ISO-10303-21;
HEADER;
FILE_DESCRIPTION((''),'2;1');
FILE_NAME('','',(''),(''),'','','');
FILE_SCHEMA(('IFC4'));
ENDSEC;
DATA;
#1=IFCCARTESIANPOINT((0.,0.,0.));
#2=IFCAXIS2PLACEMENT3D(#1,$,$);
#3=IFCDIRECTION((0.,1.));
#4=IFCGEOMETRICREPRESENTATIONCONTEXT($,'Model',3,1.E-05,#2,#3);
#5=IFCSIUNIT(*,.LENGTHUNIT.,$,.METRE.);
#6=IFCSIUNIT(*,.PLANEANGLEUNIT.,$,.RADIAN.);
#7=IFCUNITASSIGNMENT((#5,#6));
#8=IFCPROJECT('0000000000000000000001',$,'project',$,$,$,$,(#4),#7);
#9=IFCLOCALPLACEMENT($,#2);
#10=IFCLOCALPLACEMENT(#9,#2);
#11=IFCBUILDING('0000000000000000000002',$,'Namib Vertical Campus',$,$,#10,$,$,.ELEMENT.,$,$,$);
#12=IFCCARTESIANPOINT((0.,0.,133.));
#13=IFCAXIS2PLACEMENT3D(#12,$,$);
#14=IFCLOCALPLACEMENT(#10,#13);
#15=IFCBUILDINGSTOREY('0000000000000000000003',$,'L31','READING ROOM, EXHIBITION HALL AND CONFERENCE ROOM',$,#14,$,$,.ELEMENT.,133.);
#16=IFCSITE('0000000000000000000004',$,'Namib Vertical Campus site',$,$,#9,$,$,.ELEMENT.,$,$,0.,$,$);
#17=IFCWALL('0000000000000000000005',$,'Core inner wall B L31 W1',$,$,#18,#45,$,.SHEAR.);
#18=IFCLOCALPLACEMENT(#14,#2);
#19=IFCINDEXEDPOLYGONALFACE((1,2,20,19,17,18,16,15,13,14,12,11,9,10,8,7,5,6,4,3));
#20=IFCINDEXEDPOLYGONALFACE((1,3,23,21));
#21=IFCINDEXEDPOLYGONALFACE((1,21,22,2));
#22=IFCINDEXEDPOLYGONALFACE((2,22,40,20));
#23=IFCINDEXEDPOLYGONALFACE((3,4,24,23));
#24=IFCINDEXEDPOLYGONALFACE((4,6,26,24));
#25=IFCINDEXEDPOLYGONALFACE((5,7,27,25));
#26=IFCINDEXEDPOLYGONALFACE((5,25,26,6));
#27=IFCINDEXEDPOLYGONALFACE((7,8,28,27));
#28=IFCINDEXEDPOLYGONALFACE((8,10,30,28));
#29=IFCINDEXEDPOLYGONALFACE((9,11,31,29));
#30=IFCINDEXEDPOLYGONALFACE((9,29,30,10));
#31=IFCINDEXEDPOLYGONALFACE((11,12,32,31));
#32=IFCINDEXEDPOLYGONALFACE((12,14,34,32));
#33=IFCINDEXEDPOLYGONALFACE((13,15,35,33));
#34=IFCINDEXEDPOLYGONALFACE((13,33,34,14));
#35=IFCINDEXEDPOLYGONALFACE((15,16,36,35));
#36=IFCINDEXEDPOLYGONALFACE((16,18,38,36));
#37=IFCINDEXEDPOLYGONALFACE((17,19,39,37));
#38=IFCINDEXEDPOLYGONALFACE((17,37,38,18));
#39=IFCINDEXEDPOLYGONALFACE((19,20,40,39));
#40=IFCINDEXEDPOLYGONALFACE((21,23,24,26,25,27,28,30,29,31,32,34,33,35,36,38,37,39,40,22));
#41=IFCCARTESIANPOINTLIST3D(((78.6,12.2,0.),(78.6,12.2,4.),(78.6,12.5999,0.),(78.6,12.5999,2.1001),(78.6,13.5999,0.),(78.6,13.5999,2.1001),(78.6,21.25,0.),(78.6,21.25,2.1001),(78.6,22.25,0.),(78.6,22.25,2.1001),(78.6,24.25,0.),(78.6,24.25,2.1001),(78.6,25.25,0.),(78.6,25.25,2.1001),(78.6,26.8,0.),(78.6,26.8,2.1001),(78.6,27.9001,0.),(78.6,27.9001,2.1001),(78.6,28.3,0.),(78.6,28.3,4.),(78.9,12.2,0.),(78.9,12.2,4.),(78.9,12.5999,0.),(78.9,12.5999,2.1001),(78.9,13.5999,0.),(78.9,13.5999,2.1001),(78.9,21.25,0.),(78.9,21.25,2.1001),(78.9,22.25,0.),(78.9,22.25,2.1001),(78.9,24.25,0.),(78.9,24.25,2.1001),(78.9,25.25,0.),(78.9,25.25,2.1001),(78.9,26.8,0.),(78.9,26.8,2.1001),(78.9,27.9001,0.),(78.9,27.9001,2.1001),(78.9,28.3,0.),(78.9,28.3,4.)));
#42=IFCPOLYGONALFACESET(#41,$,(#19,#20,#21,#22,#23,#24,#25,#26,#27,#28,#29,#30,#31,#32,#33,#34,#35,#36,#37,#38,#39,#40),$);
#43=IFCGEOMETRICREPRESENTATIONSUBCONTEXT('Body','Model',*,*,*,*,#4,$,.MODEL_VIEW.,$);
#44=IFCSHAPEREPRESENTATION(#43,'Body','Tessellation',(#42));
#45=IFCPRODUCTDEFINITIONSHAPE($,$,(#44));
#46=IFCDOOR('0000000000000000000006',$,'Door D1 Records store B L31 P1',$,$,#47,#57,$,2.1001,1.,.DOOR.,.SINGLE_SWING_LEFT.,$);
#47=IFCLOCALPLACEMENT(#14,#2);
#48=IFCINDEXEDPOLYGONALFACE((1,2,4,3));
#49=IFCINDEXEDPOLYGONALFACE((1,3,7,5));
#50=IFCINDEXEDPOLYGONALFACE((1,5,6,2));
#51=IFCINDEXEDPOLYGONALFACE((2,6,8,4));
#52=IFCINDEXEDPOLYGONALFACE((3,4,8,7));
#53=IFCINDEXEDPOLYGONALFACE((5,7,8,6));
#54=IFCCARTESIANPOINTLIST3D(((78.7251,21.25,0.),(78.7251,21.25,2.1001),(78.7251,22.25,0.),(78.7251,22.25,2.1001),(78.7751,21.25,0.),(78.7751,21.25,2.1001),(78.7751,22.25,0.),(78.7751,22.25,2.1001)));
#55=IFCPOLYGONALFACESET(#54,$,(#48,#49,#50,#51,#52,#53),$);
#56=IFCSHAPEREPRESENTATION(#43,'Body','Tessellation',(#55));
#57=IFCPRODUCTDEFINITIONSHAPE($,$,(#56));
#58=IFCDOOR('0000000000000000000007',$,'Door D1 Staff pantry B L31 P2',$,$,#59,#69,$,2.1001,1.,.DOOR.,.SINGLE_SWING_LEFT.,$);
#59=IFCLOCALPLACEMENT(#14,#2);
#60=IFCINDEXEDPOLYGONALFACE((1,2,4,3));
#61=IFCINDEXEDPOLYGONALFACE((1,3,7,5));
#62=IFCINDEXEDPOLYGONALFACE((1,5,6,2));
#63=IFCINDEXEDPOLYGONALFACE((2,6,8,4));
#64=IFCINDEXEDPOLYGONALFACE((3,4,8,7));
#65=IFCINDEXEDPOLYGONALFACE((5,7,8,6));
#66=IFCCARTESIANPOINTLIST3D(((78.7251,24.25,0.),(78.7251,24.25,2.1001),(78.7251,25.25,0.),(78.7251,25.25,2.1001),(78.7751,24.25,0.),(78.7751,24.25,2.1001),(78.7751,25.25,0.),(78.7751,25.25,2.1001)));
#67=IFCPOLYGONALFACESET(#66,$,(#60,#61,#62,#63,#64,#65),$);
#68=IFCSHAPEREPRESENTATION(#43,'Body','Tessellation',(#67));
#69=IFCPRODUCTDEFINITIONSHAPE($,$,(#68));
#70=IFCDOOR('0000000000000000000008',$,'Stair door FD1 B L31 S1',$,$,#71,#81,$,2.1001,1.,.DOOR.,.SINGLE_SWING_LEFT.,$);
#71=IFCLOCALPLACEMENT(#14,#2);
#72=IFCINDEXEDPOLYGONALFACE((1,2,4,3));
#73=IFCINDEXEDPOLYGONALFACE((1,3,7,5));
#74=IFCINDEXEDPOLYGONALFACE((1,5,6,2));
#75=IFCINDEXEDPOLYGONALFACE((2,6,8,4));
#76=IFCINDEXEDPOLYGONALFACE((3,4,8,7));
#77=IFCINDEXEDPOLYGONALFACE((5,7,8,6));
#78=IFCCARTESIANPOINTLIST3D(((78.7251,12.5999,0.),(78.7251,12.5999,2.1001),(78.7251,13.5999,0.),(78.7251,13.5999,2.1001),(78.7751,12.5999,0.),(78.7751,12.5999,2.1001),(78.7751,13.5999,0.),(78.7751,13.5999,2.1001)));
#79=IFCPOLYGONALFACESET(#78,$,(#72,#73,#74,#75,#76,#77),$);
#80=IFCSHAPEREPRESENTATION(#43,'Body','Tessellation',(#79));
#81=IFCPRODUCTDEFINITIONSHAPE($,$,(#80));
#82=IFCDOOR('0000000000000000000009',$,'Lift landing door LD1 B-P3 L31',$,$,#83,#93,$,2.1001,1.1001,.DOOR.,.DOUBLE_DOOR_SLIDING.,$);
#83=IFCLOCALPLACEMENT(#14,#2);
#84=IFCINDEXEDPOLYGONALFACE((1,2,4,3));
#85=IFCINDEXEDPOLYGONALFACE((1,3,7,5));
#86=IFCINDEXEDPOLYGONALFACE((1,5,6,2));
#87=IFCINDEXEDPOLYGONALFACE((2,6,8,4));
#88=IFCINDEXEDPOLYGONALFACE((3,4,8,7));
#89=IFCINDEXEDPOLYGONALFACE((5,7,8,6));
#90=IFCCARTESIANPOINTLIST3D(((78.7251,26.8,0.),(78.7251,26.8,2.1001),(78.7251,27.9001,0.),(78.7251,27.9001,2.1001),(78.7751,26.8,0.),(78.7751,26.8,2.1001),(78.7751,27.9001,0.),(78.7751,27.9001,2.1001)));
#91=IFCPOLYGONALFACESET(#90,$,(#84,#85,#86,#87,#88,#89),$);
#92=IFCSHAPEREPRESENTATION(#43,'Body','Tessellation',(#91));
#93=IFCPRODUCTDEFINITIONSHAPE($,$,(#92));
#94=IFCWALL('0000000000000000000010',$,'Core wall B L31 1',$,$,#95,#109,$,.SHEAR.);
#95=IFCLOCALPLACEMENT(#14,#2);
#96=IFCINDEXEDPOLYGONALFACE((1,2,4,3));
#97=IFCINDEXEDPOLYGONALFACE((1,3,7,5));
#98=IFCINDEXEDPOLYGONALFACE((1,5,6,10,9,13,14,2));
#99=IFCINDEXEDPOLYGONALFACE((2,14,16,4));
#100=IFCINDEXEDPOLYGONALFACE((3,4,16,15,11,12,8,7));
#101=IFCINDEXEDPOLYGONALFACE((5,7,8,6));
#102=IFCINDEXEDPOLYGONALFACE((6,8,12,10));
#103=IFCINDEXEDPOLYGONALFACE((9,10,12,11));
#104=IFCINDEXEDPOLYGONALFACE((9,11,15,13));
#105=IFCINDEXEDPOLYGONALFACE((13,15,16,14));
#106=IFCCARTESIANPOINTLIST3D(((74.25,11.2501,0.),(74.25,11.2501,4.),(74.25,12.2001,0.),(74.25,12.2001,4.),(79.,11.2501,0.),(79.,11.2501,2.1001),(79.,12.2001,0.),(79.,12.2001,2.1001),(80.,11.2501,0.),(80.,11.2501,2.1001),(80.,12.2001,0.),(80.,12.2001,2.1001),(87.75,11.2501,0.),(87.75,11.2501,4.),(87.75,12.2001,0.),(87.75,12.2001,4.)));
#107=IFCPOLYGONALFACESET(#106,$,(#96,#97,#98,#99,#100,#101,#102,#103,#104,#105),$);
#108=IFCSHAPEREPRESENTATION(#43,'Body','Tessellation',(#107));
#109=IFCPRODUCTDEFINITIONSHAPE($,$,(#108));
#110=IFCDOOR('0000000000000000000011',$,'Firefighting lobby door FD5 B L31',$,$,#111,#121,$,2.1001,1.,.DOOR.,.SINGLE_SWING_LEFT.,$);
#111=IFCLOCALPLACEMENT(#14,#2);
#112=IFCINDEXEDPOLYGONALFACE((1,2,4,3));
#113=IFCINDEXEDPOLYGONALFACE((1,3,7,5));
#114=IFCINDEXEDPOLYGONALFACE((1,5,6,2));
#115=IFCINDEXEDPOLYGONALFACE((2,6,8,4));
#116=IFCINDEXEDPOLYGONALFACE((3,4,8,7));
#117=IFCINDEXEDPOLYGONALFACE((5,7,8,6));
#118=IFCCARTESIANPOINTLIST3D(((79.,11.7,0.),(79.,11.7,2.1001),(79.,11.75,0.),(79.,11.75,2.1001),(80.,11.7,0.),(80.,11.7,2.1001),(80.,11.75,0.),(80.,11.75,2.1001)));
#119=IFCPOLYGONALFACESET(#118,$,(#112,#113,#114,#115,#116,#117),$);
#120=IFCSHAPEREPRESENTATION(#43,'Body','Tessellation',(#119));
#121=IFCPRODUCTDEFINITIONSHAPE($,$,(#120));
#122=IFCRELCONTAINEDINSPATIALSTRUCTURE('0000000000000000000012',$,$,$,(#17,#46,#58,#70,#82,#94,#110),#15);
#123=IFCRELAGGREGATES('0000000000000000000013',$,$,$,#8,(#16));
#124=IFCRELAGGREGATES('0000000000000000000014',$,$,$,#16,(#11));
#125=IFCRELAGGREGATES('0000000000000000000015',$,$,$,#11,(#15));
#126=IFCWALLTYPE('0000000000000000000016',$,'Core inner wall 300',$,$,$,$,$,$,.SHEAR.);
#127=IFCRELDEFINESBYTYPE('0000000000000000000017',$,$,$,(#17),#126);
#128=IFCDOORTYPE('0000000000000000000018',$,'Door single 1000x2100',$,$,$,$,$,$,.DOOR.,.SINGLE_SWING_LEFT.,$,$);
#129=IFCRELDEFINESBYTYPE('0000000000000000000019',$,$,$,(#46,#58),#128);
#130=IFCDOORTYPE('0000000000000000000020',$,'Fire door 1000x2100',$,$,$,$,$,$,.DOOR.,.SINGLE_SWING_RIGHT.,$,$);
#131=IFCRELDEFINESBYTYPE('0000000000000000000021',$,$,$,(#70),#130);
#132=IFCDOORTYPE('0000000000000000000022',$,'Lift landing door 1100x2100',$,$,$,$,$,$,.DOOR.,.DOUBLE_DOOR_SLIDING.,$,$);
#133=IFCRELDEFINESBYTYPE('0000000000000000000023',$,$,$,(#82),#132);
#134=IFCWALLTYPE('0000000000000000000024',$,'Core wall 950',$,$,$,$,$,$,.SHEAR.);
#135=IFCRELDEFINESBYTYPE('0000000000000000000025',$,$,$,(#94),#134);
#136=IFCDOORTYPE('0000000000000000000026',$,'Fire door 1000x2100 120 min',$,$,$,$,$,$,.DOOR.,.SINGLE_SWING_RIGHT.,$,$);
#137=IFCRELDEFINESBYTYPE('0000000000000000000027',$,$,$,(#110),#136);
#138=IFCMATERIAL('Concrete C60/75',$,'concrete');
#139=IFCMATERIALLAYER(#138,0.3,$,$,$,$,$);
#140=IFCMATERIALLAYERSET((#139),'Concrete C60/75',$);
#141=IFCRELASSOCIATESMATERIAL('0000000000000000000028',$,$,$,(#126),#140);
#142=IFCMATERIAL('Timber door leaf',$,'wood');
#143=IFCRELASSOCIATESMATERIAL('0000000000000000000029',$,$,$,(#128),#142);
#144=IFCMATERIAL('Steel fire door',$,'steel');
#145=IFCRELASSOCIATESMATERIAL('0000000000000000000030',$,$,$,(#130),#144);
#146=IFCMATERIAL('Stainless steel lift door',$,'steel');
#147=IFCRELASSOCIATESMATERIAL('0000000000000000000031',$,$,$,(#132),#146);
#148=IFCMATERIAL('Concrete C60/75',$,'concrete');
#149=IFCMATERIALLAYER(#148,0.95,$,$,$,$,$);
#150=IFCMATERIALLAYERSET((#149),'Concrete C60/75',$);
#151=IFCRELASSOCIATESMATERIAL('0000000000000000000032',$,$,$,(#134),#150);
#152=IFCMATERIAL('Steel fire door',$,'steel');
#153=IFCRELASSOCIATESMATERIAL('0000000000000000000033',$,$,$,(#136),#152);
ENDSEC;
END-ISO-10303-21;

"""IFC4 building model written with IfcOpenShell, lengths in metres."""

from ifc_helpers import new_model, si_unit, direction, frame, frame_2d, origin, place, context, subcontext, project, spatial, rectangle, extrude, material, layer, layer_set, type_object, element, fill, save


model = new_model("IFC4")

# Units and contexts
model_context = context("Model", 3, precision=1e-05, world=origin(), true_north=direction((0.0, 1.0)))
body_context = subcontext(model_context, "Body", "Model", "MODEL_VIEW")
ifc_project = project(units=[si_unit("LENGTHUNIT", "METRE"), si_unit("PLANEANGLEUNIT", "RADIAN")], contexts=[model_context])

# Site, building, storey
site_placement = place(None, origin())
site = spatial("IfcSite", under=ifc_project, at=site_placement, Name="Namib Vertical Campus site", CompositionType="ELEMENT", RefElevation=0.0)
building_placement = place(site_placement, origin())
building = spatial("IfcBuilding", under=site, at=building_placement, Name="Namib Vertical Campus", CompositionType="ELEMENT")
storey_placement = place(building_placement, frame((0.0, 0.0, 133.0)))
storey = spatial("IfcBuildingStorey", under=building, at=storey_placement, Name="L31", Description="READING ROOM, EXHIBITION HALL AND CONFERENCE ROOM", CompositionType="ELEMENT", Elevation=133.0)

# Wall, openings, doors
ifc_material_1 = material(Name="Concrete C60/75", Category="concrete")
ifc_layer_1 = layer(ifc_material_1, 0.3)
ifc_layer_set_1 = layer_set([ifc_layer_1], Name="Concrete C60/75")
wall_type_1 = type_object("IfcWallType", Name="Core inner wall 300", PredefinedType="SHEAR", material=ifc_layer_set_1)
wall_1_placement = place(storey_placement, frame((78.75, 12.2, 0.0), z_axis=(0.0, 0.0, 1.0), x_axis=(0.0, 1.0, 0.0)))
wall_1 = element("IfcWall", 1, at=wall_1_placement, inside=storey, type_object=wall_type_1, Name="Core inner wall B L31 W1", PredefinedType="SHEAR", context=body_context, shape_type="SweptSolid", body=[
    extrude(rectangle(XDim=16.1001, YDim=0.3, at=frame_2d((8.05, 0.0))), origin(), (0.0, 0.0, 1.0), 4.0),
])
opening_1_placement = place(wall_1_placement, frame((0.3999, 0.0, 0.0)))
opening_1 = element("IfcOpeningElement", 2, at=opening_1_placement, cuts=wall_1, PredefinedType="OPENING", context=body_context, shape_type="SweptSolid", body=[
    extrude(rectangle(XDim=1.0, YDim=2.1001, at=frame_2d((0.5, 1.05))), frame((0.0, 0.1599, 0.0), z_axis=(0.0, -1.0, 0.0), x_axis=(1.0, 0.0, 0.0)), (0.0, 0.0, 1.0), 0.3201),
])
opening_2_placement = place(wall_1_placement, frame((14.6001, 0.0, 0.0)))
opening_2 = element("IfcOpeningElement", 3, at=opening_2_placement, cuts=wall_1, PredefinedType="OPENING", context=body_context, shape_type="SweptSolid", body=[
    extrude(rectangle(XDim=1.1001, YDim=2.1001, at=frame_2d((0.55, 1.05))), frame((0.0, 0.1599, 0.0), z_axis=(0.0, -1.0, 0.0), x_axis=(1.0, 0.0, 0.0)), (0.0, 0.0, 1.0), 0.3201),
])
opening_3_placement = place(wall_1_placement, frame((9.05, 0.0, 0.0)))
opening_3 = element("IfcOpeningElement", 4, at=opening_3_placement, cuts=wall_1, PredefinedType="OPENING", context=body_context, shape_type="SweptSolid", body=[
    extrude(rectangle(XDim=1.0, YDim=2.1001, at=frame_2d((0.5, 1.05))), frame((0.0, 0.1599, 0.0), z_axis=(0.0, -1.0, 0.0), x_axis=(1.0, 0.0, 0.0)), (0.0, 0.0, 1.0), 0.3201),
])
opening_4_placement = place(wall_1_placement, frame((12.05, 0.0, 0.0)))
opening_4 = element("IfcOpeningElement", 5, at=opening_4_placement, cuts=wall_1, PredefinedType="OPENING", context=body_context, shape_type="SweptSolid", body=[
    extrude(rectangle(XDim=1.0, YDim=2.1001, at=frame_2d((0.5, 1.05))), frame((0.0, 0.1599, 0.0), z_axis=(0.0, -1.0, 0.0), x_axis=(1.0, 0.0, 0.0)), (0.0, 0.0, 1.0), 0.3201),
])
ifc_material_2 = material(Name="Timber door leaf", Category="wood")
door_type_1 = type_object("IfcDoorType", Name="Door single 1000x2100", OperationType="SINGLE_SWING_LEFT", PredefinedType="DOOR", material=ifc_material_2)
door_1_placement = place(opening_3_placement, origin())
door_1 = element("IfcDoor", 6, at=door_1_placement, inside=storey, type_object=door_type_1, Name="Door D1 Records store B L31 P1", OperationType="SINGLE_SWING_LEFT", OverallHeight=2.1001, OverallWidth=1.0, PredefinedType="DOOR", context=body_context, shape_type="SweptSolid", body=[
    extrude(rectangle(XDim=1.0, YDim=2.1001, at=frame_2d((0.5, 1.05))), frame((0.0, 0.0249, 0.0), z_axis=(0.0, -1.0, 0.0), x_axis=(1.0, 0.0, 0.0)), (0.0, 0.0, 1.0), 0.05),
])
fill(opening_3, door_1)
door_2_placement = place(opening_4_placement, origin())
door_2 = element("IfcDoor", 7, at=door_2_placement, inside=storey, type_object=door_type_1, Name="Door D1 Staff pantry B L31 P2", OperationType="SINGLE_SWING_LEFT", OverallHeight=2.1001, OverallWidth=1.0, PredefinedType="DOOR", context=body_context, shape_type="SweptSolid", body=[
    extrude(rectangle(XDim=1.0, YDim=2.1001, at=frame_2d((0.5, 1.05))), frame((0.0, 0.0249, 0.0), z_axis=(0.0, -1.0, 0.0), x_axis=(1.0, 0.0, 0.0)), (0.0, 0.0, 1.0), 0.05),
])
fill(opening_4, door_2)
ifc_material_3 = material(Name="Steel fire door", Category="steel")
door_type_2 = type_object("IfcDoorType", Name="Fire door 1000x2100", OperationType="SINGLE_SWING_RIGHT", PredefinedType="DOOR", material=ifc_material_3)
door_3_placement = place(opening_1_placement, origin())
door_3 = element("IfcDoor", 8, at=door_3_placement, inside=storey, type_object=door_type_2, Name="Stair door FD1 B L31 S1", OperationType="SINGLE_SWING_LEFT", OverallHeight=2.1001, OverallWidth=1.0, PredefinedType="DOOR", context=body_context, shape_type="SweptSolid", body=[
    extrude(rectangle(XDim=1.0, YDim=2.1001, at=frame_2d((0.5, 1.05))), frame((0.0, 0.0249, 0.0), z_axis=(0.0, -1.0, 0.0), x_axis=(1.0, 0.0, 0.0)), (0.0, 0.0, 1.0), 0.05),
])
fill(opening_1, door_3)
ifc_material_4 = material(Name="Stainless steel lift door", Category="steel")
door_type_3 = type_object("IfcDoorType", Name="Lift landing door 1100x2100", OperationType="DOUBLE_DOOR_SLIDING", PredefinedType="DOOR", material=ifc_material_4)
door_4_placement = place(opening_2_placement, origin())
door_4 = element("IfcDoor", 9, at=door_4_placement, inside=storey, type_object=door_type_3, Name="Lift landing door LD1 B-P3 L31", OperationType="DOUBLE_DOOR_SLIDING", OverallHeight=2.1001, OverallWidth=1.1001, PredefinedType="DOOR", context=body_context, shape_type="SweptSolid", body=[
    extrude(rectangle(XDim=1.1001, YDim=2.1001, at=frame_2d((0.55, 1.05))), frame((0.0, 0.0249, 0.0), z_axis=(0.0, -1.0, 0.0), x_axis=(1.0, 0.0, 0.0)), (0.0, 0.0, 1.0), 0.05),
])
fill(opening_2, door_4)

# Wall, opening, door
ifc_material_5 = material(Name="Concrete C60/75", Category="concrete")
ifc_layer_2 = layer(ifc_material_5, 0.95)
ifc_layer_set_2 = layer_set([ifc_layer_2], Name="Concrete C60/75")
wall_type_2 = type_object("IfcWallType", Name="Core wall 950", PredefinedType="SHEAR", material=ifc_layer_set_2)
wall_2_placement = place(storey_placement, frame((74.25, 11.7251, 0.0), z_axis=(0.0, 0.0, 1.0), x_axis=(1.0, 0.0, 0.0)))
wall_2 = element("IfcWall", 10, at=wall_2_placement, inside=storey, type_object=wall_type_2, Name="Core wall B L31 1", PredefinedType="SHEAR", context=body_context, shape_type="SweptSolid", body=[
    extrude(rectangle(XDim=13.5, YDim=0.95, at=frame_2d((6.75, 0.0))), origin(), (0.0, 0.0, 1.0), 4.0),
])
opening_5_placement = place(wall_2_placement, frame((4.75, 0.0, 0.0)))
opening_5 = element("IfcOpeningElement", 11, at=opening_5_placement, cuts=wall_2, PredefinedType="OPENING", context=body_context, shape_type="SweptSolid", body=[
    extrude(rectangle(XDim=1.0, YDim=2.1001, at=frame_2d((0.5, 1.05))), frame((0.0, 0.4849, 0.0), z_axis=(0.0, -1.0, 0.0), x_axis=(1.0, 0.0, 0.0)), (0.0, 0.0, 1.0), 0.97),
])
ifc_material_6 = material(Name="Steel fire door", Category="steel")
door_type_4 = type_object("IfcDoorType", Name="Fire door 1000x2100 120 min", OperationType="SINGLE_SWING_RIGHT", PredefinedType="DOOR", material=ifc_material_6)
door_5_placement = place(opening_5_placement, origin())
door_5 = element("IfcDoor", 12, at=door_5_placement, inside=storey, type_object=door_type_4, Name="Firefighting lobby door FD5 B L31", OperationType="SINGLE_SWING_LEFT", OverallHeight=2.1001, OverallWidth=1.0, PredefinedType="DOOR", context=body_context, shape_type="SweptSolid", body=[
    extrude(rectangle(XDim=1.0, YDim=2.1001, at=frame_2d((0.5, 1.05))), frame((0.0, 0.0249, 0.0), z_axis=(0.0, -1.0, 0.0), x_axis=(1.0, 0.0, 0.0)), (0.0, 0.0, 1.0), 0.05),
])
fill(opening_5, door_5)

save(model, "model.ifc")
